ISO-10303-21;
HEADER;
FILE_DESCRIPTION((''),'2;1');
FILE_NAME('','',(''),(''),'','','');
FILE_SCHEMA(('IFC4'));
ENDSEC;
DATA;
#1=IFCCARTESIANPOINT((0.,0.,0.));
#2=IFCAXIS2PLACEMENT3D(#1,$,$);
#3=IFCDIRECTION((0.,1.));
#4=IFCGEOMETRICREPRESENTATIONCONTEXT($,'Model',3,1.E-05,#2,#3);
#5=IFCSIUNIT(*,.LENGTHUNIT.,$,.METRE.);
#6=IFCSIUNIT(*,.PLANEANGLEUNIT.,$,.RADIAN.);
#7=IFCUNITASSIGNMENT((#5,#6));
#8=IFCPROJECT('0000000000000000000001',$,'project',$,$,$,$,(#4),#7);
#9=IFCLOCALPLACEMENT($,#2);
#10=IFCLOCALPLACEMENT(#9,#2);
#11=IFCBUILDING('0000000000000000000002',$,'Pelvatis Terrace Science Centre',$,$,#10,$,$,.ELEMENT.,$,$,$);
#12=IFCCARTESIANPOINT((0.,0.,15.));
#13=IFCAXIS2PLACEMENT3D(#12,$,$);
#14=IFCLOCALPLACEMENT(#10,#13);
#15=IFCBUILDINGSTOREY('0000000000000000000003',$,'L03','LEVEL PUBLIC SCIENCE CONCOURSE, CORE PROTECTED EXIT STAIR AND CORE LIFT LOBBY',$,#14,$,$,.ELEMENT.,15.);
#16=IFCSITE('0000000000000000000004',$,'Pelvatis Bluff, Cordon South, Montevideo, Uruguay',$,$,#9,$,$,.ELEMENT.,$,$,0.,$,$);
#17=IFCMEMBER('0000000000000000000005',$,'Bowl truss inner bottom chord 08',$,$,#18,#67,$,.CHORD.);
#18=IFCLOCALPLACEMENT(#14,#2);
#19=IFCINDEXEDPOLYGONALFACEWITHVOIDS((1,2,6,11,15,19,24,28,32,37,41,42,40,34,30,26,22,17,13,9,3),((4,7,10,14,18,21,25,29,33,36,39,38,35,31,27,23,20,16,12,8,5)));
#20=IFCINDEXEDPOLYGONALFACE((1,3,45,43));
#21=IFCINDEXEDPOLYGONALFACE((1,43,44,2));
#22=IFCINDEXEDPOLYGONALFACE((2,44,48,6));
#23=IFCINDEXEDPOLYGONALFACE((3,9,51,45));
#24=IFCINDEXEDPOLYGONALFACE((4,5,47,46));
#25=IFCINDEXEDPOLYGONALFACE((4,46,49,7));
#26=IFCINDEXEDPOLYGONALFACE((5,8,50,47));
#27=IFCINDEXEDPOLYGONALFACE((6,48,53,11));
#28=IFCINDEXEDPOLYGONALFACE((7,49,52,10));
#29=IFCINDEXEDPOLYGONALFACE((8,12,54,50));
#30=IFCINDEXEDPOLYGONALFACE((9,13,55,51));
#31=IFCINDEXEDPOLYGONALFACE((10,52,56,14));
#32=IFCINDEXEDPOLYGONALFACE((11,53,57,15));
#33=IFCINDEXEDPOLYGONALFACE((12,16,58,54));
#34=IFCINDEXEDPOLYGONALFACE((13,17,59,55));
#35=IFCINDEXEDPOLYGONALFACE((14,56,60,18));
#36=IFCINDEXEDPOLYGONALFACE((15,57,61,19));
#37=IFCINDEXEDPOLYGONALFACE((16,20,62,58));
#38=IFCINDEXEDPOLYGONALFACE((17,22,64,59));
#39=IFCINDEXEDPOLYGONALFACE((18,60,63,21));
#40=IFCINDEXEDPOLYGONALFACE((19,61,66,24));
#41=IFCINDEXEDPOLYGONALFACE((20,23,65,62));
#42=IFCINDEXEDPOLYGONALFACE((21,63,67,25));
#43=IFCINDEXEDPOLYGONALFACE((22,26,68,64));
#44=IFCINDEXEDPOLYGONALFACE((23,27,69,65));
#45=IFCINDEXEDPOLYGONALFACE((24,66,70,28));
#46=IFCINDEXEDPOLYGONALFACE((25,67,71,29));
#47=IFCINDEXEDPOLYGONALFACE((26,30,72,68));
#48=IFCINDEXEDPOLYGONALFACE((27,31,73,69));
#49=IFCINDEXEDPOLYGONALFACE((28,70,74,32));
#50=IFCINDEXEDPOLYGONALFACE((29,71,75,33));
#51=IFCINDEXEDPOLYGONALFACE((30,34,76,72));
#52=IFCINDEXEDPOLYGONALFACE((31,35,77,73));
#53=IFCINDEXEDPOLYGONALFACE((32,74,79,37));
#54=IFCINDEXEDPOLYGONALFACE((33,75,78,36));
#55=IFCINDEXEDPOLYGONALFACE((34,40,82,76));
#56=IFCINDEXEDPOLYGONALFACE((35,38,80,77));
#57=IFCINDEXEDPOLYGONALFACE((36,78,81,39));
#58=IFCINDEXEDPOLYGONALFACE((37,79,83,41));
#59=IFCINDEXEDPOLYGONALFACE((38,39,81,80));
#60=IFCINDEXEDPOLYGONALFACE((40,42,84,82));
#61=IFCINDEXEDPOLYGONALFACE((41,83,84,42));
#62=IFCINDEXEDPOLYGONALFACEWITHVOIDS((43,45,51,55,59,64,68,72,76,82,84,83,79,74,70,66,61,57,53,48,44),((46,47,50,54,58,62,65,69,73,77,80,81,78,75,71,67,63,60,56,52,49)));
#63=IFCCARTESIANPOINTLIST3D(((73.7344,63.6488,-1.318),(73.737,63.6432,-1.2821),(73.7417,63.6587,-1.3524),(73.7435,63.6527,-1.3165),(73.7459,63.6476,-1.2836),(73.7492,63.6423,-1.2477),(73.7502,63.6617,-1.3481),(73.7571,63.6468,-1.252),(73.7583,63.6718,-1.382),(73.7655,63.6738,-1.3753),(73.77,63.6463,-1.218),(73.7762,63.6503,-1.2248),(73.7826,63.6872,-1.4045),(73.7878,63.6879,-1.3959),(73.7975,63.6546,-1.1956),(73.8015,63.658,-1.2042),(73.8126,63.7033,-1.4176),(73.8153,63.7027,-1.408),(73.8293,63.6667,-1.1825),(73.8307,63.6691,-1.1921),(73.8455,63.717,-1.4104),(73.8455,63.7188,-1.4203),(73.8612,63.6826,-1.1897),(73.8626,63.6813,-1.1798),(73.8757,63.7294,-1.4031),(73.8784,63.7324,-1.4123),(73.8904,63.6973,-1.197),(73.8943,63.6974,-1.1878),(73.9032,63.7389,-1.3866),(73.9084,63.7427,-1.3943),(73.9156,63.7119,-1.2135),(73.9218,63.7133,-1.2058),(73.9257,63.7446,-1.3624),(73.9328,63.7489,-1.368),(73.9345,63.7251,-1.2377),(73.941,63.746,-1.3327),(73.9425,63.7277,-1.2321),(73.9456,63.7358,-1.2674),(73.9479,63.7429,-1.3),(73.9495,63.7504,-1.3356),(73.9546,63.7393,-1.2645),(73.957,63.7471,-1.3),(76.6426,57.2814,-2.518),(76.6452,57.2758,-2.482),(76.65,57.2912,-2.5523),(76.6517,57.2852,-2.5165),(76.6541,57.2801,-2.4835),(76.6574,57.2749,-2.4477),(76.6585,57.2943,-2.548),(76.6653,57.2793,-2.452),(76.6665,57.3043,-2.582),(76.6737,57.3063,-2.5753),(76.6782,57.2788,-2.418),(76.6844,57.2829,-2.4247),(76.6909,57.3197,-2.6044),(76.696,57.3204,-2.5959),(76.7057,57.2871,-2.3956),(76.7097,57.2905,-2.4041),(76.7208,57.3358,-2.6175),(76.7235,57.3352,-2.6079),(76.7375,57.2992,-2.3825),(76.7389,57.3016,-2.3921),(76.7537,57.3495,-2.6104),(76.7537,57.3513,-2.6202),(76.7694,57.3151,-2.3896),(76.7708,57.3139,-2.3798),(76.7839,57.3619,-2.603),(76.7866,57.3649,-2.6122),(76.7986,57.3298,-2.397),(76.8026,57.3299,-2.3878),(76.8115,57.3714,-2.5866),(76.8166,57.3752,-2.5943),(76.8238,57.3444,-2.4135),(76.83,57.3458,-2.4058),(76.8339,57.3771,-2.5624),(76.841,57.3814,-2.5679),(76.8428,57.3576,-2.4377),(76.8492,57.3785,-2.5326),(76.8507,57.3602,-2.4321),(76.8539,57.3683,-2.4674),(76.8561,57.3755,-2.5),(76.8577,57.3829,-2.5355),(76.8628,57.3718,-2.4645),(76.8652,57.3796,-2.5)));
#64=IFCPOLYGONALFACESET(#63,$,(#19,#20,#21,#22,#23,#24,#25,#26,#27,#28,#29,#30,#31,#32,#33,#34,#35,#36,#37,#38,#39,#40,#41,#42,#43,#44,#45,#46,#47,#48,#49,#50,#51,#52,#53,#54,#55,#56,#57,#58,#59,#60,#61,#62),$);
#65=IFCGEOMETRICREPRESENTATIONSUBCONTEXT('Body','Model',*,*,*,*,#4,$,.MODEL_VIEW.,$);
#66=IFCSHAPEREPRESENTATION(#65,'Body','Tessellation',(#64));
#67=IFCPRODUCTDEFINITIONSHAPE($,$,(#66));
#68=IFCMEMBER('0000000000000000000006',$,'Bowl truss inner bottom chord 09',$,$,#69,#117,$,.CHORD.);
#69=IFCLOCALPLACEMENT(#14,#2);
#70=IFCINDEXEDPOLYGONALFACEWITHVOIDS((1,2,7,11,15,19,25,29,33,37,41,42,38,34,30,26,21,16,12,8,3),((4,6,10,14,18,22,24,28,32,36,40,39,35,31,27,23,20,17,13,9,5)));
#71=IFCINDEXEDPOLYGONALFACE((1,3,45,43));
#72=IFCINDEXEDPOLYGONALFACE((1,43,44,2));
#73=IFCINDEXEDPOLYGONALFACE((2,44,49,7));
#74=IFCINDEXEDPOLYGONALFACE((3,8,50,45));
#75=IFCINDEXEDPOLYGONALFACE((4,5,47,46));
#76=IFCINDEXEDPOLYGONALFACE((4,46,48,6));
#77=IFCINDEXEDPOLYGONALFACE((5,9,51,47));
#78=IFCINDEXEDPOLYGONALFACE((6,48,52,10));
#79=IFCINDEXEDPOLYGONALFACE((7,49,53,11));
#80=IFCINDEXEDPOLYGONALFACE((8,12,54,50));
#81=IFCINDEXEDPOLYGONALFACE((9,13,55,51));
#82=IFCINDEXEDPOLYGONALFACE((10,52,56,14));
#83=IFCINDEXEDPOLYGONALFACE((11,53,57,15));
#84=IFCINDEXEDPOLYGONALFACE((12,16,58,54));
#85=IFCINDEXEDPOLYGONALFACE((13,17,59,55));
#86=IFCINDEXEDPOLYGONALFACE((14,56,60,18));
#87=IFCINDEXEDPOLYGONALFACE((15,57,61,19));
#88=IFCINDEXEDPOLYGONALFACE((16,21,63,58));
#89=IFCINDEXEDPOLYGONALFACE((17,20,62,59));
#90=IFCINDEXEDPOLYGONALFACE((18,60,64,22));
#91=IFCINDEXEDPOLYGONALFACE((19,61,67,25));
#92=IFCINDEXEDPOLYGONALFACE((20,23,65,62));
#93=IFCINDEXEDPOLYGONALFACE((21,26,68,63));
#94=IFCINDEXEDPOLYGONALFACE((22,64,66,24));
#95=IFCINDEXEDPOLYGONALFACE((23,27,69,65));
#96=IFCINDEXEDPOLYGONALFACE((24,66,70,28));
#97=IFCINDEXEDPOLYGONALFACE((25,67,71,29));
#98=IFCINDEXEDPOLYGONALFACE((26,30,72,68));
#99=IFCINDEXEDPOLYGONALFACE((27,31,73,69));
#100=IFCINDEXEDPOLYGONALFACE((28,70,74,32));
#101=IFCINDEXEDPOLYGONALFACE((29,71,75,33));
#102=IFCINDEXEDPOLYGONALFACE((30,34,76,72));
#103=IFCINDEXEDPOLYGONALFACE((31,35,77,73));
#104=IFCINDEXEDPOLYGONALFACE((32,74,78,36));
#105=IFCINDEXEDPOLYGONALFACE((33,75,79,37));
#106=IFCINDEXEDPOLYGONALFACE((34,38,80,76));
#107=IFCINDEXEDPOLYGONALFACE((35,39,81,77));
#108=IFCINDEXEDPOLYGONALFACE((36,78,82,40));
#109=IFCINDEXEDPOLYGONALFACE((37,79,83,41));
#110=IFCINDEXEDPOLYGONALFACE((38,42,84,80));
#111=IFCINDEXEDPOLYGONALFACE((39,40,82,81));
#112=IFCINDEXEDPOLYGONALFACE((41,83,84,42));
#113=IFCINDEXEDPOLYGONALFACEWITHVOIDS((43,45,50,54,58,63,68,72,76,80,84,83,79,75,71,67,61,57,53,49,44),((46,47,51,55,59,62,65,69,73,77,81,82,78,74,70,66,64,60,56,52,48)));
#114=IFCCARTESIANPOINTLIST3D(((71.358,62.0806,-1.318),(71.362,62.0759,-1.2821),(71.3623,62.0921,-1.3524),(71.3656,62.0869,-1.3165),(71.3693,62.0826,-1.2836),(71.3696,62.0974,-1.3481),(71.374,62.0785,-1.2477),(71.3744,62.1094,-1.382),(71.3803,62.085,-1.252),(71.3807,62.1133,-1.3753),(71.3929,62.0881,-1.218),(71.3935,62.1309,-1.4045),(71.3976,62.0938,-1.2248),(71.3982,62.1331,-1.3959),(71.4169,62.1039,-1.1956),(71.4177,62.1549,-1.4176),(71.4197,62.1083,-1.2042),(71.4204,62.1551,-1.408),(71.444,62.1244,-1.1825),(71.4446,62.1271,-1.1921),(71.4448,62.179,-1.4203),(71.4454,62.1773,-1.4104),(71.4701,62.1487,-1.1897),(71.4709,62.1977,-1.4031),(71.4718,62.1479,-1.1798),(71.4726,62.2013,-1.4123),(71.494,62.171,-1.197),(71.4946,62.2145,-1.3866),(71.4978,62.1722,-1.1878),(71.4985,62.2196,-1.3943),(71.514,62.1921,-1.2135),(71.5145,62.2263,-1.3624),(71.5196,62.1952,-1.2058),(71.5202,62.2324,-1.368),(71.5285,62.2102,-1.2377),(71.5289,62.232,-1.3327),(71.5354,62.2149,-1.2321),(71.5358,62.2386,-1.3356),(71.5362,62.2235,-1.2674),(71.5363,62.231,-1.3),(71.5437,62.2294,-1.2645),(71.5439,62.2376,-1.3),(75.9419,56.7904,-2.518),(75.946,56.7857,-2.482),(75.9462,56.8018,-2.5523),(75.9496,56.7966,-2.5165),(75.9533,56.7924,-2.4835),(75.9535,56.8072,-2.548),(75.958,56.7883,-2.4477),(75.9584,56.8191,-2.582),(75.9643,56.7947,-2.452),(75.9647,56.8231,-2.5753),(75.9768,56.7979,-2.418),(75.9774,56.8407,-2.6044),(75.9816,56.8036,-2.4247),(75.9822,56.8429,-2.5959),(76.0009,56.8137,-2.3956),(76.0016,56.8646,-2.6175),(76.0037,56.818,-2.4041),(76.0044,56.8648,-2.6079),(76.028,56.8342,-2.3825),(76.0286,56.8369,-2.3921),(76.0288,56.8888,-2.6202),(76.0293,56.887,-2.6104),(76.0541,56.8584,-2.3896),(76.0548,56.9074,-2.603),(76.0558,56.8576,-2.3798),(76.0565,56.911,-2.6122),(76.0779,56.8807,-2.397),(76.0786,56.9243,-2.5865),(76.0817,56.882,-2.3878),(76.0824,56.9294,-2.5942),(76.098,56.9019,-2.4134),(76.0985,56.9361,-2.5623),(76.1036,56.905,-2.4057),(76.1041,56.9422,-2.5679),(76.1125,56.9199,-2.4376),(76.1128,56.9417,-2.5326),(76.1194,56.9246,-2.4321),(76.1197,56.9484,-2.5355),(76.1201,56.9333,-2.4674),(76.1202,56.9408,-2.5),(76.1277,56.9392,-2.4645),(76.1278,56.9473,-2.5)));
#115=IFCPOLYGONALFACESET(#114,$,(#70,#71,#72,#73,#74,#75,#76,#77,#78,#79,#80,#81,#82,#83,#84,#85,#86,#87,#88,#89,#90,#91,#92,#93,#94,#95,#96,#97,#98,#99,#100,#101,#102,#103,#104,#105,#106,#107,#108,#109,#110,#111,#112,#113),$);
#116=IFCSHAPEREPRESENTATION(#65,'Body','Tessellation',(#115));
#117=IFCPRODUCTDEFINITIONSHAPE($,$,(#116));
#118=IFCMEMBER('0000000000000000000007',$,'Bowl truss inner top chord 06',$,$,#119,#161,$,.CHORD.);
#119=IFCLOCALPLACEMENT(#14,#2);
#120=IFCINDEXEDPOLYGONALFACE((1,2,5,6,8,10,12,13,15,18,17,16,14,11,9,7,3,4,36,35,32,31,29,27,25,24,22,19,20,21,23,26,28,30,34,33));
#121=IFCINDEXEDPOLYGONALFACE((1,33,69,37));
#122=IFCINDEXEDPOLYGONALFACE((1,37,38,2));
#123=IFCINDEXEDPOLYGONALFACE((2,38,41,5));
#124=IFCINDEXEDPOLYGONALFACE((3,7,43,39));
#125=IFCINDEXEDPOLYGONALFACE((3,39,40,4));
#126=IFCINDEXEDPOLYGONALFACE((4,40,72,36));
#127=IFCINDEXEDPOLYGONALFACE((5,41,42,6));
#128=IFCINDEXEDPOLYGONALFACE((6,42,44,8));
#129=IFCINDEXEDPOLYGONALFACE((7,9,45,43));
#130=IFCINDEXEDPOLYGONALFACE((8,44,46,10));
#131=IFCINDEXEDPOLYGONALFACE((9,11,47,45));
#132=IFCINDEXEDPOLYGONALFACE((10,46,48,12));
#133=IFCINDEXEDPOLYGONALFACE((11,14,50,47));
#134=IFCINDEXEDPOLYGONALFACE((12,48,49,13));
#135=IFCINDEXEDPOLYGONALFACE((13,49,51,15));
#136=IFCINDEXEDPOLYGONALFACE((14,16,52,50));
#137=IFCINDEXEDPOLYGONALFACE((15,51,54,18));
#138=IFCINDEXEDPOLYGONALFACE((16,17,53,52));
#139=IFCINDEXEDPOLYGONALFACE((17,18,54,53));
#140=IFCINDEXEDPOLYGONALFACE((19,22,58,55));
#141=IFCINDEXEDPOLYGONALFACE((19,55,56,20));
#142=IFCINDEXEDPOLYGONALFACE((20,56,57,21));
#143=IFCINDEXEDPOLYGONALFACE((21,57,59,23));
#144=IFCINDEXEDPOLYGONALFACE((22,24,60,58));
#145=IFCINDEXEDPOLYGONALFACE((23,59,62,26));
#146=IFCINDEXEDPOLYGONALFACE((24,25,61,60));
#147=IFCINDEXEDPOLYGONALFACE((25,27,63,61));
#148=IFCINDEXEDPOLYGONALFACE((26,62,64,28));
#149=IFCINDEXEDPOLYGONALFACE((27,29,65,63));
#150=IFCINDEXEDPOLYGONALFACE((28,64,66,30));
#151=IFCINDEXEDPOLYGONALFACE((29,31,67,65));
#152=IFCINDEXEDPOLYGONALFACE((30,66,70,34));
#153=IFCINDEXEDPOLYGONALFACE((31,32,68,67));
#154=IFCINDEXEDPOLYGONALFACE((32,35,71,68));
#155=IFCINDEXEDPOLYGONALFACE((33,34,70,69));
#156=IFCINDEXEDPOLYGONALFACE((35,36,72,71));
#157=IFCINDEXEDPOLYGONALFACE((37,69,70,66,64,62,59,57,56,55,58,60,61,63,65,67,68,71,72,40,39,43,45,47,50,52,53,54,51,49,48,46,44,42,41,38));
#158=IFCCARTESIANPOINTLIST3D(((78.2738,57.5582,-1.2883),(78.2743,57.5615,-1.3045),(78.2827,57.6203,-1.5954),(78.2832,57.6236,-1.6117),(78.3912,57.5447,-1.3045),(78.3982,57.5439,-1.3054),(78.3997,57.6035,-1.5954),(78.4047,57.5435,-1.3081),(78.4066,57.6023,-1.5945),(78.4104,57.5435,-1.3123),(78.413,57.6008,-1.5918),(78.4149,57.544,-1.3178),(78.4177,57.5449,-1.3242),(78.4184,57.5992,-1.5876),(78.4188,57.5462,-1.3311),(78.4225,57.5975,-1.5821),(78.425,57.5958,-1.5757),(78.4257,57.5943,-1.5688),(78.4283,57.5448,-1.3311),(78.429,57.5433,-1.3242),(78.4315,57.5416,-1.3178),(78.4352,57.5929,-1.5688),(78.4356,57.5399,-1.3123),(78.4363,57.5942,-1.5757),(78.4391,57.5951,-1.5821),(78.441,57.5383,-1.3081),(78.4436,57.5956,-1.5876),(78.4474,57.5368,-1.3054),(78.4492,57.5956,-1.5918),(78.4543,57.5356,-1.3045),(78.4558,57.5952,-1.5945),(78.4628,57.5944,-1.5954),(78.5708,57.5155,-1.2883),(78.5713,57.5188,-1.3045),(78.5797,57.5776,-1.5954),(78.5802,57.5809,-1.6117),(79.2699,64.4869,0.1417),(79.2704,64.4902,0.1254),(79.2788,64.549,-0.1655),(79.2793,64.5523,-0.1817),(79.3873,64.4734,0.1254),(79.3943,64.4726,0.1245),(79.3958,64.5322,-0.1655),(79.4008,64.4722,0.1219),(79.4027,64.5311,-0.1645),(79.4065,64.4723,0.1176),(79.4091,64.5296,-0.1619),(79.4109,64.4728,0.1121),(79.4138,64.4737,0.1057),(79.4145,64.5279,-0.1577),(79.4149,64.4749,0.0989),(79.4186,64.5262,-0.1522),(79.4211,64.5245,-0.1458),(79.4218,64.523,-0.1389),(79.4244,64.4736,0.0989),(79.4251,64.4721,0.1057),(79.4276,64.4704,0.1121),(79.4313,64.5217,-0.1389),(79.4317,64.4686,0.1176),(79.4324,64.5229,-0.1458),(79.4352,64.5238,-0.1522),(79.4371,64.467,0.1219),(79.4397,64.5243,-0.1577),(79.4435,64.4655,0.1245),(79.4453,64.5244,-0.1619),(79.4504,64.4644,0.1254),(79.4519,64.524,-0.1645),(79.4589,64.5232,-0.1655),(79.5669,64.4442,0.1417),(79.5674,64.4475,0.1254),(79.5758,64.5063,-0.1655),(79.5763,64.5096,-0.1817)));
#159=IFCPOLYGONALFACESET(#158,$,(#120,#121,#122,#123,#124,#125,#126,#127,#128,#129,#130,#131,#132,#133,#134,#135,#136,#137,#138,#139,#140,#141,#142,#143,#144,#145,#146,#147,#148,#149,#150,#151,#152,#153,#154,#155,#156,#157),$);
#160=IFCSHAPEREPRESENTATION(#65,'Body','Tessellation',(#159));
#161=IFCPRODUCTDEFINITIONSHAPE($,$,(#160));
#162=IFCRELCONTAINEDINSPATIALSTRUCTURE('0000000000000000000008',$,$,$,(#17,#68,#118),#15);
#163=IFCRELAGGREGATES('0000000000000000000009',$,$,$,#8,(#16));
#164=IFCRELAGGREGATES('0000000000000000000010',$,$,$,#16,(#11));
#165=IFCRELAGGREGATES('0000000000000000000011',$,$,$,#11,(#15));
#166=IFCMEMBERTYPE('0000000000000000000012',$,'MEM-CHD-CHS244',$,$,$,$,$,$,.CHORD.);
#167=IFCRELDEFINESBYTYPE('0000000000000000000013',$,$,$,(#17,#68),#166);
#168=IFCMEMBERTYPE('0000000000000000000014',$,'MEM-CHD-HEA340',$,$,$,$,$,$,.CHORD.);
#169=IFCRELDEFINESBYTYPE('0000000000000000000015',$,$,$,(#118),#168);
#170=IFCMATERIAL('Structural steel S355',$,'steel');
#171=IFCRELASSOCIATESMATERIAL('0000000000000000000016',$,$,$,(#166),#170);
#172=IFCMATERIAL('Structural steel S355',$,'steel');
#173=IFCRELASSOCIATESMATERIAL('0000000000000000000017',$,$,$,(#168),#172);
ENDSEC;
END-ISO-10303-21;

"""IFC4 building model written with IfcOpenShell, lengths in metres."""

from ifc_helpers import new_model, si_unit, direction, frame, origin, origin_2d, place, context, subcontext, project, spatial, hollow_circle, i_section, extrude, material, material_profile, profile_set, type_object, element, save


model = new_model("IFC4")

# Units and contexts
model_context = context("Model", 3, precision=1e-05, world=origin(), true_north=direction((0.0, 1.0)))
body_context = subcontext(model_context, "Body", "Model", "MODEL_VIEW")
ifc_project = project(units=[si_unit("LENGTHUNIT", "METRE"), si_unit("PLANEANGLEUNIT", "RADIAN")], contexts=[model_context])

# Site, building, storey
site_placement = place(None, origin())
site = spatial("IfcSite", under=ifc_project, at=site_placement, Name="Pelvatis Bluff, Cordon South, Montevideo, Uruguay", CompositionType="ELEMENT", RefElevation=0.0)
building_placement = place(site_placement, origin())
building = spatial("IfcBuilding", under=site, at=building_placement, Name="Pelvatis Terrace Science Centre", CompositionType="ELEMENT")
storey_placement = place(building_placement, frame((0.0, 0.0, 15.0)))
storey = spatial("IfcBuildingStorey", under=building, at=storey_placement, Name="L03", Description="LEVEL PUBLIC SCIENCE CONCOURSE, CORE PROTECTED EXIT STAIR AND CORE LIFT LOBBY", CompositionType="ELEMENT", Elevation=15.0)

# Members
ifc_material_1 = material(Name="Structural steel S355", Category="steel")
ifc_material_profile_1 = material_profile(ifc_material_1, hollow_circle(Radius=0.1223, WallThickness=0.01, at=origin_2d()), Name="CHS 244.5x10.0")
ifc_profile_set_1 = profile_set([ifc_material_profile_1], Name="Structural steel S355")
member_type_1 = type_object("IfcMemberType", Name="MEM-CHD-CHS244", PredefinedType="CHORD", material=ifc_profile_set_1)
member_1_placement = place(storey_placement, frame((73.8457, 63.6963, -1.3), z_axis=(0.409477, -0.896539, -0.168954), x_axis=(0.909616, 0.41545, 0.0)))
element("IfcMember", 1, at=member_1_placement, inside=storey, type_object=member_type_1, Name="Bowl truss inner bottom chord 08", PredefinedType="CHORD", context=body_context, shape_type="SweptSolid", body=[
    extrude(hollow_circle(Radius=0.1223, WallThickness=0.01, at=origin_2d()), origin(), (0.0, 0.0, 1.0), 7.1023),
])
member_2_placement = place(storey_placement, frame((71.4514, 62.1575, -1.3), z_axis=(0.64544, -0.744889, -0.168957), x_axis=(0.755755, 0.654855, 0.0)))
element("IfcMember", 2, at=member_2_placement, inside=storey, type_object=member_type_1, Name="Bowl truss inner bottom chord 09", PredefinedType="CHORD", context=body_context, shape_type="SweptSolid", body=[
    extrude(hollow_circle(Radius=0.1223, WallThickness=0.01, at=origin_2d()), origin(), (0.0, 0.0, 1.0), 7.1021),
])
ifc_material_2 = material(Name="Structural steel S355", Category="steel")
ifc_material_profile_2 = material_profile(ifc_material_2, i_section(OverallWidth=0.3, OverallDepth=0.3301, WebThickness=0.0095, FlangeThickness=0.0166, FilletRadius=0.0271, at=origin_2d()), Name="HEA 340")
ifc_profile_set_2 = profile_set([ifc_material_profile_2], Name="Structural steel S355")
member_type_2 = type_object("IfcMemberType", Name="MEM-CHD-HEA340", PredefinedType="CHORD", material=ifc_profile_set_2)
for number, where, z_axis, x_axis, name in (
    (3, (79.4231, 64.4983, -0.02), (-0.139421, -0.969796, -0.200144), (0.989824, -0.1423, 0.0), "Bowl truss inner top chord 06"),
):
    element("IfcMember", number, at=place(storey_placement, frame(where, z_axis=z_axis, x_axis=x_axis)), inside=storey, type_object=member_type_2, Name=name, PredefinedType="CHORD", context=body_context, shape_type="SweptSolid", body=[
        extrude(i_section(OverallWidth=0.3, OverallDepth=0.3301, WebThickness=0.0095, FlangeThickness=0.0166, FilletRadius=0.0271, at=origin_2d()), origin(), (0.0, 0.0, 1.0), 7.1445),
    ])

save(model, "model.ifc")
